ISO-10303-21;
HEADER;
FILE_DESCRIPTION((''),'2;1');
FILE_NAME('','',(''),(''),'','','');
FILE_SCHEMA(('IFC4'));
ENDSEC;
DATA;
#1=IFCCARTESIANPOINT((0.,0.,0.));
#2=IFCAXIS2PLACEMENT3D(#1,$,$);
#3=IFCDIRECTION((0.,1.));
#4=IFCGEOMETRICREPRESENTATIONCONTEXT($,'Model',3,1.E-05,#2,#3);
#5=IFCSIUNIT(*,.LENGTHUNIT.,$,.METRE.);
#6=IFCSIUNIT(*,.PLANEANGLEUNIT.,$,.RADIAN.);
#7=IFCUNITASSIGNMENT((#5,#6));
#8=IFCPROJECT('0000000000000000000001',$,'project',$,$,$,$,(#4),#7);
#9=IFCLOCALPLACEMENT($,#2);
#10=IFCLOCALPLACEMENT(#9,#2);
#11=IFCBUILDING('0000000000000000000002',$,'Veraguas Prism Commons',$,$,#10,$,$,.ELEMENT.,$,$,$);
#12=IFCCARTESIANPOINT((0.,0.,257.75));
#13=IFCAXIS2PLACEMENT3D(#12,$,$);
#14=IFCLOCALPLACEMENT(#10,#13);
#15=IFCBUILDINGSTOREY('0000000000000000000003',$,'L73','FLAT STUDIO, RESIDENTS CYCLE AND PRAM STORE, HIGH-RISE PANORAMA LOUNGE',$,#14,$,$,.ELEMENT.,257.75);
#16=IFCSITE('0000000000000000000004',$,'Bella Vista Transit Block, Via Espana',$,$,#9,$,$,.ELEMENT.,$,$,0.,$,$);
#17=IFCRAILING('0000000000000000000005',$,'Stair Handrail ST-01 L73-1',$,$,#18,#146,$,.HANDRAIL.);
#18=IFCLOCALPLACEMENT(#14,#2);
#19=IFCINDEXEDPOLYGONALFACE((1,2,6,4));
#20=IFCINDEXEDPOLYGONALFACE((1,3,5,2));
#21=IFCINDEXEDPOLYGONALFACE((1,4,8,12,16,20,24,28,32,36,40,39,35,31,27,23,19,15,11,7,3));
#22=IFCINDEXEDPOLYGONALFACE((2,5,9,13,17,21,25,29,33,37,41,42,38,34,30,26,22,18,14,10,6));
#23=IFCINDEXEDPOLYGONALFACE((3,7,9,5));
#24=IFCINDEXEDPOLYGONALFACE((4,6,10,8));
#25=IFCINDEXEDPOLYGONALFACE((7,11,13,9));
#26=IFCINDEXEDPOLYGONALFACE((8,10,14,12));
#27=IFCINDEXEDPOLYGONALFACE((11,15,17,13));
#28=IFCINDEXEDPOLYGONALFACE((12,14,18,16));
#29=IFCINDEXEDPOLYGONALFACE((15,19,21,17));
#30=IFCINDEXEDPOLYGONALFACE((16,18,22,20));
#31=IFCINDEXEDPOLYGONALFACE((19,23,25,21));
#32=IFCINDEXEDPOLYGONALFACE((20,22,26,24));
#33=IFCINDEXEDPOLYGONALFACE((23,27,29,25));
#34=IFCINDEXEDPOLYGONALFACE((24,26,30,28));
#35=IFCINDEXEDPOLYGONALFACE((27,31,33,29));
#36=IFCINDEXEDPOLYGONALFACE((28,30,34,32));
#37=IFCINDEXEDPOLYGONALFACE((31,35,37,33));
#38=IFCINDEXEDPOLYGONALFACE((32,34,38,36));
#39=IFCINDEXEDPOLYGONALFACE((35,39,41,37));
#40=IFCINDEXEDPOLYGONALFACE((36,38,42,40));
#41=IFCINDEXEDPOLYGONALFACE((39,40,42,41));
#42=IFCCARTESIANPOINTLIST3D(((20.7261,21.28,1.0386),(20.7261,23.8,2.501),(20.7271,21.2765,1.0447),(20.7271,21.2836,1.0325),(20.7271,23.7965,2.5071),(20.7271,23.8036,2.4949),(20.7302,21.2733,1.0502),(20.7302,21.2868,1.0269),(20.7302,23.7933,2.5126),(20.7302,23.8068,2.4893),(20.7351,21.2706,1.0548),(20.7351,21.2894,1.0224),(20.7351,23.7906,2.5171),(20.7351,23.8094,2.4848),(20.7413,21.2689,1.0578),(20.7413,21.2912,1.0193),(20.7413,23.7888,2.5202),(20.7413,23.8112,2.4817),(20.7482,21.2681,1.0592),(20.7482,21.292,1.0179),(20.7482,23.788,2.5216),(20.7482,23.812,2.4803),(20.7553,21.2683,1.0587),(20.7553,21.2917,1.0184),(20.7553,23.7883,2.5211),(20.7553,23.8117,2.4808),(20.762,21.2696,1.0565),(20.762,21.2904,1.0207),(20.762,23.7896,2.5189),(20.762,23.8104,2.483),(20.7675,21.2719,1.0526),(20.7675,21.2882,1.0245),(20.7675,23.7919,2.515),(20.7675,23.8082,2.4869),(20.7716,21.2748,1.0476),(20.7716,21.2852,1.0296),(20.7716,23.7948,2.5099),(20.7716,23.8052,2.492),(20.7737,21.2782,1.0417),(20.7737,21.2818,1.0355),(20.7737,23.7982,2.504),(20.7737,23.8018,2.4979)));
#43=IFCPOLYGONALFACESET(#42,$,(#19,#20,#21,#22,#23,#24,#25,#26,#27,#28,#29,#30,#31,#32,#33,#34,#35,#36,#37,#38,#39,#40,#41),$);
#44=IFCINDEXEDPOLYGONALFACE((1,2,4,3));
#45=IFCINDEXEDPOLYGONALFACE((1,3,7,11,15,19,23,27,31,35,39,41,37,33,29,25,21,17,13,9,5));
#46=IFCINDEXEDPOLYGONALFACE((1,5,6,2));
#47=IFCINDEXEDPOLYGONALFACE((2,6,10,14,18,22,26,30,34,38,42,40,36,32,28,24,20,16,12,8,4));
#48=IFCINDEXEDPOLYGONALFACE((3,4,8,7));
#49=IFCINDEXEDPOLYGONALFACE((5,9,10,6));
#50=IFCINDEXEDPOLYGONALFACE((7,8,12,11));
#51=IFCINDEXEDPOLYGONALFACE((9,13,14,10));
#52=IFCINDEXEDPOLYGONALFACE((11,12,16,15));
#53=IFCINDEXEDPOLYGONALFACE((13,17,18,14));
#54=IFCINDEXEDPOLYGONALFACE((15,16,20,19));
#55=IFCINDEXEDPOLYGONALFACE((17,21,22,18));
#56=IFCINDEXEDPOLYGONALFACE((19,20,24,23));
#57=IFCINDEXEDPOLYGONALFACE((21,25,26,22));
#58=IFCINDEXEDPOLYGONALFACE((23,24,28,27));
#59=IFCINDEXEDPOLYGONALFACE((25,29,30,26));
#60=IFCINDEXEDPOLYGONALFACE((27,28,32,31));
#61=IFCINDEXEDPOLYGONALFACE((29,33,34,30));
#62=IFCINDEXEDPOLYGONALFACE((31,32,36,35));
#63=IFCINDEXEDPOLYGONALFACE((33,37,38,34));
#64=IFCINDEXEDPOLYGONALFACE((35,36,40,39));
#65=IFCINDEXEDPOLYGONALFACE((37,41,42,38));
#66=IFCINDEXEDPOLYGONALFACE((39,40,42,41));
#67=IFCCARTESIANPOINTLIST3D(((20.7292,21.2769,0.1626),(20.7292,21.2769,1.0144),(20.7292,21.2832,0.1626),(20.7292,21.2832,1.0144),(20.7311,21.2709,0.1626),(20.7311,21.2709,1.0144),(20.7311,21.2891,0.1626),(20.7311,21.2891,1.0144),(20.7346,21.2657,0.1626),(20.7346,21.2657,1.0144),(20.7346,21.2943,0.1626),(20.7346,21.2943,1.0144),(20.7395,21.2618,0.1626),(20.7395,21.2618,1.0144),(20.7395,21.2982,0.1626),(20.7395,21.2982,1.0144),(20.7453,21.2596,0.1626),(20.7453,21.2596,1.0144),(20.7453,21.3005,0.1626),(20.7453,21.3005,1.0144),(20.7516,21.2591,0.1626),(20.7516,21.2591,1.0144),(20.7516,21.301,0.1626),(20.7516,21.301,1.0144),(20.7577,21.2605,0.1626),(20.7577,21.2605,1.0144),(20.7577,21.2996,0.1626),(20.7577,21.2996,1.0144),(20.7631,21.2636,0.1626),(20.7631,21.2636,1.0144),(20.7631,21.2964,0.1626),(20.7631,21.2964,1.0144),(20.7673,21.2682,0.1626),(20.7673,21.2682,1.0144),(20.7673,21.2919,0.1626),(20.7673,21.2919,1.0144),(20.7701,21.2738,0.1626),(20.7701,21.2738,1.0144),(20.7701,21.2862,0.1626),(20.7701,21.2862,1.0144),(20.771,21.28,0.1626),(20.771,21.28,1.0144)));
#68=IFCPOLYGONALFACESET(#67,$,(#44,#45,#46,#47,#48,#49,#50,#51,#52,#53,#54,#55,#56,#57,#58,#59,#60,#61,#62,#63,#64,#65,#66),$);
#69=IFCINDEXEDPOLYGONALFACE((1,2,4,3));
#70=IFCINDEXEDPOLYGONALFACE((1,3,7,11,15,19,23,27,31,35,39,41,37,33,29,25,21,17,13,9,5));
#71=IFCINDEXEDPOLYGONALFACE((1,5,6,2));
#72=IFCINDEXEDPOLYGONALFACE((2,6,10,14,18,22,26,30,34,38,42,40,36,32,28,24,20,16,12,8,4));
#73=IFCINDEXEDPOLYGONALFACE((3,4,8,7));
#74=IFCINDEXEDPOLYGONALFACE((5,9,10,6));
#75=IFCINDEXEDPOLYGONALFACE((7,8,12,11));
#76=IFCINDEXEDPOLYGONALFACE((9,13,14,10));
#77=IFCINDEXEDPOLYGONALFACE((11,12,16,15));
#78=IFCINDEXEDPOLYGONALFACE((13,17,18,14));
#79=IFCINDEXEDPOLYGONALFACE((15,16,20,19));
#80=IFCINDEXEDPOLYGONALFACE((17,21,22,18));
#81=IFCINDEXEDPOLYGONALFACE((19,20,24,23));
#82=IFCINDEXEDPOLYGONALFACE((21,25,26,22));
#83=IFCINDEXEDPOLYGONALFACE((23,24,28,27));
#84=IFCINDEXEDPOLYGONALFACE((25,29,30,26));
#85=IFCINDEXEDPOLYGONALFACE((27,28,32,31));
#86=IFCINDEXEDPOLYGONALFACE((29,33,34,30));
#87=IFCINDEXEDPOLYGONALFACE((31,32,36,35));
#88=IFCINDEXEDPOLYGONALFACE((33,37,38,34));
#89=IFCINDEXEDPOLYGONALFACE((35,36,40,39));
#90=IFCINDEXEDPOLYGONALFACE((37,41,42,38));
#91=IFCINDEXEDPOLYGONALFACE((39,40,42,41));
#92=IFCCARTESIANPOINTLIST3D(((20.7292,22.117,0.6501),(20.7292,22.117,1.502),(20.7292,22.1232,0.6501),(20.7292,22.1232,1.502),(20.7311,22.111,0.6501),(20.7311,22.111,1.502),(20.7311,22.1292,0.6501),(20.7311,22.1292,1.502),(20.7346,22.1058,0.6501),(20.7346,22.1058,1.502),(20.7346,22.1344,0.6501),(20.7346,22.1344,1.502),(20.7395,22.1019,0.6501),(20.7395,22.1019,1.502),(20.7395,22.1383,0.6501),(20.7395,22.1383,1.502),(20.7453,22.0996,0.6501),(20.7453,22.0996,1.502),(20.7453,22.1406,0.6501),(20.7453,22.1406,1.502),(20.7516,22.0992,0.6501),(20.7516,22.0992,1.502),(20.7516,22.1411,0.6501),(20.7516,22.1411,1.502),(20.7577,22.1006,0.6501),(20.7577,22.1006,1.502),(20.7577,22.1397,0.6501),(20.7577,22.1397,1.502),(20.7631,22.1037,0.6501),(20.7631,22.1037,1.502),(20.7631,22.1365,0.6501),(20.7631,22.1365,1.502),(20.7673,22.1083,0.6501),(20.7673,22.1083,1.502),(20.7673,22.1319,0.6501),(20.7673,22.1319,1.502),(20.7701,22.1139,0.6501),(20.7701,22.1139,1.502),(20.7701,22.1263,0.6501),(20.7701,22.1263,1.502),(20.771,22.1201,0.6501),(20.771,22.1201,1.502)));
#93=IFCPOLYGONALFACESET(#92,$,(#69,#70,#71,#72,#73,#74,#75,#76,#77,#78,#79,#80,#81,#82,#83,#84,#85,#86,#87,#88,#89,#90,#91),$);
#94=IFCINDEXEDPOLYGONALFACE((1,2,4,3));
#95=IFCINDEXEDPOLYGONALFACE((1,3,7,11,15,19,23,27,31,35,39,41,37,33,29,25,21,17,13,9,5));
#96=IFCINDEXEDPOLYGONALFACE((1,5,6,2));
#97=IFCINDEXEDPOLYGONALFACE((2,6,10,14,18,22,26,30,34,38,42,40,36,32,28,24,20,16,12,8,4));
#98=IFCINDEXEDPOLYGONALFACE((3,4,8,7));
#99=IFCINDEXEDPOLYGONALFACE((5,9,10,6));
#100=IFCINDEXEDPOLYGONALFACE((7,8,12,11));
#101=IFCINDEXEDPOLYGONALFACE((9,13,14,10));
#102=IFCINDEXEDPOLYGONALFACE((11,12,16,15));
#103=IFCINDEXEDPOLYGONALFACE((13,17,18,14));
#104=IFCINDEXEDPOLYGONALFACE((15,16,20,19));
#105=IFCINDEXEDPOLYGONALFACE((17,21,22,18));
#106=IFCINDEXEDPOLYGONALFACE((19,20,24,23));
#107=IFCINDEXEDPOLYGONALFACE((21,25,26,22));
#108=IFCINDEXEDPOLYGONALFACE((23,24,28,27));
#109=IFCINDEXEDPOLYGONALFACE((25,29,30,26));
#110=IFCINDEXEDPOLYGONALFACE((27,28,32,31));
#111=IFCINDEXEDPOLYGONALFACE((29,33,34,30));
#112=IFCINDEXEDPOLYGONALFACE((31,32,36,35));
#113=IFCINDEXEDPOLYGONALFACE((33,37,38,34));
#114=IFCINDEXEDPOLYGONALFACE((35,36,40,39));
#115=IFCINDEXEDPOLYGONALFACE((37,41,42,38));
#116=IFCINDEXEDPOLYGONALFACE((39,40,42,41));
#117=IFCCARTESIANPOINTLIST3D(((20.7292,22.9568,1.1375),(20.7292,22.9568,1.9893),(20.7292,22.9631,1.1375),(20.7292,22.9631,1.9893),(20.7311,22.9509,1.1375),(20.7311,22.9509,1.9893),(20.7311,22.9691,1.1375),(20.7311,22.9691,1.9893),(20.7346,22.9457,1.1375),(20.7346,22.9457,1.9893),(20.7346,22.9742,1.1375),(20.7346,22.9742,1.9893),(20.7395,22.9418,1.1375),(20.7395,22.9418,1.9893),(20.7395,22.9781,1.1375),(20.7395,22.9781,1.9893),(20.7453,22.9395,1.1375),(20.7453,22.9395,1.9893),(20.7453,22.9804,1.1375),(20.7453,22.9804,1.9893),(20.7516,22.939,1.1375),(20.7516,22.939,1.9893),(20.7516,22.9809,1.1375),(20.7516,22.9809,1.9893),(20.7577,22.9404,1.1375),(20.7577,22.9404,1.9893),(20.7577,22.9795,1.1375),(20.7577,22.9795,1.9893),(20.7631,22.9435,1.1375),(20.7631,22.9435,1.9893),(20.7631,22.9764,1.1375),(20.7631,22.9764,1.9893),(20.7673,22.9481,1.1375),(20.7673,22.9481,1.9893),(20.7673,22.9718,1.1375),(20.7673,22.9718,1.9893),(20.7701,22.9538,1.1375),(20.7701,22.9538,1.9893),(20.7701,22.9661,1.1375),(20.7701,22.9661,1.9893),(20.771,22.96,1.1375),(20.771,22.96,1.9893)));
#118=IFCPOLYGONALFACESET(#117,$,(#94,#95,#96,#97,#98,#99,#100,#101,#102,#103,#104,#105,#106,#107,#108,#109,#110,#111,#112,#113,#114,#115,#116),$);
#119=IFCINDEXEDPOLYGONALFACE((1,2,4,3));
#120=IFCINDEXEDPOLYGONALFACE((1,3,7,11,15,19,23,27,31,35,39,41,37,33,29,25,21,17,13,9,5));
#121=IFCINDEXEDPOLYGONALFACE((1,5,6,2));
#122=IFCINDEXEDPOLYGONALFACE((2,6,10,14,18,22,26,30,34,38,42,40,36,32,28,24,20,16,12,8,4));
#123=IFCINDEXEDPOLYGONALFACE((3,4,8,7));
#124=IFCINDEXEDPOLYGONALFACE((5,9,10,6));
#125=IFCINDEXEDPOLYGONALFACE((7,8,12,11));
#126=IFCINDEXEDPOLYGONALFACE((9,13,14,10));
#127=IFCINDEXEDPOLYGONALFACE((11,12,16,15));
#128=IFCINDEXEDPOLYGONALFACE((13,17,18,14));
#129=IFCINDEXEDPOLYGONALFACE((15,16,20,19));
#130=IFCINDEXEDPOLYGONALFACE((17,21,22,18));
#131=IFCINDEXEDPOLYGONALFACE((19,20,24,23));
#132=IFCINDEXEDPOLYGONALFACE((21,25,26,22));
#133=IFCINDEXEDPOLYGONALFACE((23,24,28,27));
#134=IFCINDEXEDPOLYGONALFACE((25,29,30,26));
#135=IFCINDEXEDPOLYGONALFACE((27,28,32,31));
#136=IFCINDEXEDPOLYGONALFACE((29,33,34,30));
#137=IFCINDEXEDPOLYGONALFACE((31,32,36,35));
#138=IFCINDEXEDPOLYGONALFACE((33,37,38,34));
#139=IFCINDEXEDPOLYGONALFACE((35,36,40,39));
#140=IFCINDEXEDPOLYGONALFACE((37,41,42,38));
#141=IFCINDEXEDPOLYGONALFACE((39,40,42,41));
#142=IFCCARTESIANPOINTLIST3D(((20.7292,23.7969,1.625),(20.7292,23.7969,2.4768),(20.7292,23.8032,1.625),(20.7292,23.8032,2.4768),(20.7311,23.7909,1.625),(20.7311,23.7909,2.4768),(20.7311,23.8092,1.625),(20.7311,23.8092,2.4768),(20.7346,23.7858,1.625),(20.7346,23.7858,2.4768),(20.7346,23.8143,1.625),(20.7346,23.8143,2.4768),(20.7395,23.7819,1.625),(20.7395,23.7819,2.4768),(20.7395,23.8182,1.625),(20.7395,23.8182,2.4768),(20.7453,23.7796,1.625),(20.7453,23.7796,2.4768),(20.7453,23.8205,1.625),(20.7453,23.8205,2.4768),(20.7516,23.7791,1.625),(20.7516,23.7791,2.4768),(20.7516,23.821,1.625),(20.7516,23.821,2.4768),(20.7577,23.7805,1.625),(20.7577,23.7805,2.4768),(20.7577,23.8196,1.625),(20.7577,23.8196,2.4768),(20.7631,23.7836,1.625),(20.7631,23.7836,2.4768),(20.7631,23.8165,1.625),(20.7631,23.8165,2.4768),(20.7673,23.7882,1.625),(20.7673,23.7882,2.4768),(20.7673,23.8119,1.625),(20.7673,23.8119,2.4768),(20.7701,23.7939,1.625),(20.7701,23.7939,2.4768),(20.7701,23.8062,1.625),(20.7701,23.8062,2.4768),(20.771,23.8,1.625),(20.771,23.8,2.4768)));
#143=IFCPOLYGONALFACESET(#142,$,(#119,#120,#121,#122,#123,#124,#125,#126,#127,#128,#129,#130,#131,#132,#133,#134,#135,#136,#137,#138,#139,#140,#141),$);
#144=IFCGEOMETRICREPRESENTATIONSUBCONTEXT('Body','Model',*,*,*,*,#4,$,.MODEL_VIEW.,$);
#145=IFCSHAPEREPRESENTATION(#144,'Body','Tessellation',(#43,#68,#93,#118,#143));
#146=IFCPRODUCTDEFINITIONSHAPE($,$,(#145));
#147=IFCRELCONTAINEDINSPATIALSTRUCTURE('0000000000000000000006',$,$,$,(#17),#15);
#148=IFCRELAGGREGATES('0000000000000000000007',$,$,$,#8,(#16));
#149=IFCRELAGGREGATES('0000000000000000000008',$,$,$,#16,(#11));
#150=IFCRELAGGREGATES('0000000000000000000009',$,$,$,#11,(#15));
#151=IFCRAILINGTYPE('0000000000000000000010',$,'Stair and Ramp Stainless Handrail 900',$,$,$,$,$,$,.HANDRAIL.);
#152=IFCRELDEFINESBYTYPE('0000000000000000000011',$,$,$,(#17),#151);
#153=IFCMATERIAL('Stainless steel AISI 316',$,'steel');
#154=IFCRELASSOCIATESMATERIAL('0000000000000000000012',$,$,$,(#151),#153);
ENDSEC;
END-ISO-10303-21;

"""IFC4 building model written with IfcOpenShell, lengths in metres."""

from ifc_helpers import new_model, si_unit, direction, frame, origin, origin_2d, place, context, subcontext, project, spatial, circle, extrude, material, type_object, element, save


model = new_model("IFC4")

# Units and contexts
model_context = context("Model", 3, precision=1e-05, world=origin(), true_north=direction((0.0, 1.0)))
body_context = subcontext(model_context, "Body", "Model", "MODEL_VIEW")
ifc_project = project(units=[si_unit("LENGTHUNIT", "METRE"), si_unit("PLANEANGLEUNIT", "RADIAN")], contexts=[model_context])

# Site, building, storey
site_placement = place(None, origin())
site = spatial("IfcSite", under=ifc_project, at=site_placement, Name="Bella Vista Transit Block, Via Espana", CompositionType="ELEMENT", RefElevation=0.0)
building_placement = place(site_placement, origin())
building = spatial("IfcBuilding", under=site, at=building_placement, Name="Veraguas Prism Commons", CompositionType="ELEMENT")
storey_placement = place(building_placement, frame((0.0, 0.0, 257.75)))
storey = spatial("IfcBuildingStorey", under=building, at=storey_placement, Name="L73", Description="FLAT STUDIO, RESIDENTS CYCLE AND PRAM STORE, HIGH-RISE PANORAMA LOUNGE", CompositionType="ELEMENT", Elevation=257.75)

# Railing
ifc_material_1 = material(Name="Stainless steel AISI 316", Category="steel")
railing_type_1 = type_object("IfcRailingType", Name="Stair and Ramp Stainless Handrail 900", PredefinedType="HANDRAIL", material=ifc_material_1)
railing_1_placement = place(storey_placement, frame((20.75, 21.28, 0.1626)))
element("IfcRailing", 1, at=railing_1_placement, inside=storey, type_object=railing_type_1, Name="Stair Handrail ST-01 L73-1", PredefinedType="HANDRAIL", context=body_context, shape_type="SweptSolid", body=[
    extrude(circle(Radius=0.0239, at=origin_2d()), frame((0.0, 0.0, 0.876), z_axis=(0.0, 0.864913, 0.501921), x_axis=(-1.0, 0.0, 0.0)), (0.0, 0.0, 1.0), 2.9136),
    extrude(circle(Radius=0.021, at=origin_2d()), origin(), (0.0, 0.0, 1.0), 0.8518),
    extrude(circle(Radius=0.021, at=origin_2d()), frame((0.0, 0.8401, 0.4875)), (0.0, 0.0, 1.0), 0.8518),
    extrude(circle(Radius=0.021, at=origin_2d()), frame((0.0, 1.6799, 0.9749)), (0.0, 0.0, 1.0), 0.8518),
    extrude(circle(Radius=0.021, at=origin_2d()), frame((0.0, 2.52, 1.4624)), (0.0, 0.0, 1.0), 0.8518),
])

save(model, "model.ifc")
